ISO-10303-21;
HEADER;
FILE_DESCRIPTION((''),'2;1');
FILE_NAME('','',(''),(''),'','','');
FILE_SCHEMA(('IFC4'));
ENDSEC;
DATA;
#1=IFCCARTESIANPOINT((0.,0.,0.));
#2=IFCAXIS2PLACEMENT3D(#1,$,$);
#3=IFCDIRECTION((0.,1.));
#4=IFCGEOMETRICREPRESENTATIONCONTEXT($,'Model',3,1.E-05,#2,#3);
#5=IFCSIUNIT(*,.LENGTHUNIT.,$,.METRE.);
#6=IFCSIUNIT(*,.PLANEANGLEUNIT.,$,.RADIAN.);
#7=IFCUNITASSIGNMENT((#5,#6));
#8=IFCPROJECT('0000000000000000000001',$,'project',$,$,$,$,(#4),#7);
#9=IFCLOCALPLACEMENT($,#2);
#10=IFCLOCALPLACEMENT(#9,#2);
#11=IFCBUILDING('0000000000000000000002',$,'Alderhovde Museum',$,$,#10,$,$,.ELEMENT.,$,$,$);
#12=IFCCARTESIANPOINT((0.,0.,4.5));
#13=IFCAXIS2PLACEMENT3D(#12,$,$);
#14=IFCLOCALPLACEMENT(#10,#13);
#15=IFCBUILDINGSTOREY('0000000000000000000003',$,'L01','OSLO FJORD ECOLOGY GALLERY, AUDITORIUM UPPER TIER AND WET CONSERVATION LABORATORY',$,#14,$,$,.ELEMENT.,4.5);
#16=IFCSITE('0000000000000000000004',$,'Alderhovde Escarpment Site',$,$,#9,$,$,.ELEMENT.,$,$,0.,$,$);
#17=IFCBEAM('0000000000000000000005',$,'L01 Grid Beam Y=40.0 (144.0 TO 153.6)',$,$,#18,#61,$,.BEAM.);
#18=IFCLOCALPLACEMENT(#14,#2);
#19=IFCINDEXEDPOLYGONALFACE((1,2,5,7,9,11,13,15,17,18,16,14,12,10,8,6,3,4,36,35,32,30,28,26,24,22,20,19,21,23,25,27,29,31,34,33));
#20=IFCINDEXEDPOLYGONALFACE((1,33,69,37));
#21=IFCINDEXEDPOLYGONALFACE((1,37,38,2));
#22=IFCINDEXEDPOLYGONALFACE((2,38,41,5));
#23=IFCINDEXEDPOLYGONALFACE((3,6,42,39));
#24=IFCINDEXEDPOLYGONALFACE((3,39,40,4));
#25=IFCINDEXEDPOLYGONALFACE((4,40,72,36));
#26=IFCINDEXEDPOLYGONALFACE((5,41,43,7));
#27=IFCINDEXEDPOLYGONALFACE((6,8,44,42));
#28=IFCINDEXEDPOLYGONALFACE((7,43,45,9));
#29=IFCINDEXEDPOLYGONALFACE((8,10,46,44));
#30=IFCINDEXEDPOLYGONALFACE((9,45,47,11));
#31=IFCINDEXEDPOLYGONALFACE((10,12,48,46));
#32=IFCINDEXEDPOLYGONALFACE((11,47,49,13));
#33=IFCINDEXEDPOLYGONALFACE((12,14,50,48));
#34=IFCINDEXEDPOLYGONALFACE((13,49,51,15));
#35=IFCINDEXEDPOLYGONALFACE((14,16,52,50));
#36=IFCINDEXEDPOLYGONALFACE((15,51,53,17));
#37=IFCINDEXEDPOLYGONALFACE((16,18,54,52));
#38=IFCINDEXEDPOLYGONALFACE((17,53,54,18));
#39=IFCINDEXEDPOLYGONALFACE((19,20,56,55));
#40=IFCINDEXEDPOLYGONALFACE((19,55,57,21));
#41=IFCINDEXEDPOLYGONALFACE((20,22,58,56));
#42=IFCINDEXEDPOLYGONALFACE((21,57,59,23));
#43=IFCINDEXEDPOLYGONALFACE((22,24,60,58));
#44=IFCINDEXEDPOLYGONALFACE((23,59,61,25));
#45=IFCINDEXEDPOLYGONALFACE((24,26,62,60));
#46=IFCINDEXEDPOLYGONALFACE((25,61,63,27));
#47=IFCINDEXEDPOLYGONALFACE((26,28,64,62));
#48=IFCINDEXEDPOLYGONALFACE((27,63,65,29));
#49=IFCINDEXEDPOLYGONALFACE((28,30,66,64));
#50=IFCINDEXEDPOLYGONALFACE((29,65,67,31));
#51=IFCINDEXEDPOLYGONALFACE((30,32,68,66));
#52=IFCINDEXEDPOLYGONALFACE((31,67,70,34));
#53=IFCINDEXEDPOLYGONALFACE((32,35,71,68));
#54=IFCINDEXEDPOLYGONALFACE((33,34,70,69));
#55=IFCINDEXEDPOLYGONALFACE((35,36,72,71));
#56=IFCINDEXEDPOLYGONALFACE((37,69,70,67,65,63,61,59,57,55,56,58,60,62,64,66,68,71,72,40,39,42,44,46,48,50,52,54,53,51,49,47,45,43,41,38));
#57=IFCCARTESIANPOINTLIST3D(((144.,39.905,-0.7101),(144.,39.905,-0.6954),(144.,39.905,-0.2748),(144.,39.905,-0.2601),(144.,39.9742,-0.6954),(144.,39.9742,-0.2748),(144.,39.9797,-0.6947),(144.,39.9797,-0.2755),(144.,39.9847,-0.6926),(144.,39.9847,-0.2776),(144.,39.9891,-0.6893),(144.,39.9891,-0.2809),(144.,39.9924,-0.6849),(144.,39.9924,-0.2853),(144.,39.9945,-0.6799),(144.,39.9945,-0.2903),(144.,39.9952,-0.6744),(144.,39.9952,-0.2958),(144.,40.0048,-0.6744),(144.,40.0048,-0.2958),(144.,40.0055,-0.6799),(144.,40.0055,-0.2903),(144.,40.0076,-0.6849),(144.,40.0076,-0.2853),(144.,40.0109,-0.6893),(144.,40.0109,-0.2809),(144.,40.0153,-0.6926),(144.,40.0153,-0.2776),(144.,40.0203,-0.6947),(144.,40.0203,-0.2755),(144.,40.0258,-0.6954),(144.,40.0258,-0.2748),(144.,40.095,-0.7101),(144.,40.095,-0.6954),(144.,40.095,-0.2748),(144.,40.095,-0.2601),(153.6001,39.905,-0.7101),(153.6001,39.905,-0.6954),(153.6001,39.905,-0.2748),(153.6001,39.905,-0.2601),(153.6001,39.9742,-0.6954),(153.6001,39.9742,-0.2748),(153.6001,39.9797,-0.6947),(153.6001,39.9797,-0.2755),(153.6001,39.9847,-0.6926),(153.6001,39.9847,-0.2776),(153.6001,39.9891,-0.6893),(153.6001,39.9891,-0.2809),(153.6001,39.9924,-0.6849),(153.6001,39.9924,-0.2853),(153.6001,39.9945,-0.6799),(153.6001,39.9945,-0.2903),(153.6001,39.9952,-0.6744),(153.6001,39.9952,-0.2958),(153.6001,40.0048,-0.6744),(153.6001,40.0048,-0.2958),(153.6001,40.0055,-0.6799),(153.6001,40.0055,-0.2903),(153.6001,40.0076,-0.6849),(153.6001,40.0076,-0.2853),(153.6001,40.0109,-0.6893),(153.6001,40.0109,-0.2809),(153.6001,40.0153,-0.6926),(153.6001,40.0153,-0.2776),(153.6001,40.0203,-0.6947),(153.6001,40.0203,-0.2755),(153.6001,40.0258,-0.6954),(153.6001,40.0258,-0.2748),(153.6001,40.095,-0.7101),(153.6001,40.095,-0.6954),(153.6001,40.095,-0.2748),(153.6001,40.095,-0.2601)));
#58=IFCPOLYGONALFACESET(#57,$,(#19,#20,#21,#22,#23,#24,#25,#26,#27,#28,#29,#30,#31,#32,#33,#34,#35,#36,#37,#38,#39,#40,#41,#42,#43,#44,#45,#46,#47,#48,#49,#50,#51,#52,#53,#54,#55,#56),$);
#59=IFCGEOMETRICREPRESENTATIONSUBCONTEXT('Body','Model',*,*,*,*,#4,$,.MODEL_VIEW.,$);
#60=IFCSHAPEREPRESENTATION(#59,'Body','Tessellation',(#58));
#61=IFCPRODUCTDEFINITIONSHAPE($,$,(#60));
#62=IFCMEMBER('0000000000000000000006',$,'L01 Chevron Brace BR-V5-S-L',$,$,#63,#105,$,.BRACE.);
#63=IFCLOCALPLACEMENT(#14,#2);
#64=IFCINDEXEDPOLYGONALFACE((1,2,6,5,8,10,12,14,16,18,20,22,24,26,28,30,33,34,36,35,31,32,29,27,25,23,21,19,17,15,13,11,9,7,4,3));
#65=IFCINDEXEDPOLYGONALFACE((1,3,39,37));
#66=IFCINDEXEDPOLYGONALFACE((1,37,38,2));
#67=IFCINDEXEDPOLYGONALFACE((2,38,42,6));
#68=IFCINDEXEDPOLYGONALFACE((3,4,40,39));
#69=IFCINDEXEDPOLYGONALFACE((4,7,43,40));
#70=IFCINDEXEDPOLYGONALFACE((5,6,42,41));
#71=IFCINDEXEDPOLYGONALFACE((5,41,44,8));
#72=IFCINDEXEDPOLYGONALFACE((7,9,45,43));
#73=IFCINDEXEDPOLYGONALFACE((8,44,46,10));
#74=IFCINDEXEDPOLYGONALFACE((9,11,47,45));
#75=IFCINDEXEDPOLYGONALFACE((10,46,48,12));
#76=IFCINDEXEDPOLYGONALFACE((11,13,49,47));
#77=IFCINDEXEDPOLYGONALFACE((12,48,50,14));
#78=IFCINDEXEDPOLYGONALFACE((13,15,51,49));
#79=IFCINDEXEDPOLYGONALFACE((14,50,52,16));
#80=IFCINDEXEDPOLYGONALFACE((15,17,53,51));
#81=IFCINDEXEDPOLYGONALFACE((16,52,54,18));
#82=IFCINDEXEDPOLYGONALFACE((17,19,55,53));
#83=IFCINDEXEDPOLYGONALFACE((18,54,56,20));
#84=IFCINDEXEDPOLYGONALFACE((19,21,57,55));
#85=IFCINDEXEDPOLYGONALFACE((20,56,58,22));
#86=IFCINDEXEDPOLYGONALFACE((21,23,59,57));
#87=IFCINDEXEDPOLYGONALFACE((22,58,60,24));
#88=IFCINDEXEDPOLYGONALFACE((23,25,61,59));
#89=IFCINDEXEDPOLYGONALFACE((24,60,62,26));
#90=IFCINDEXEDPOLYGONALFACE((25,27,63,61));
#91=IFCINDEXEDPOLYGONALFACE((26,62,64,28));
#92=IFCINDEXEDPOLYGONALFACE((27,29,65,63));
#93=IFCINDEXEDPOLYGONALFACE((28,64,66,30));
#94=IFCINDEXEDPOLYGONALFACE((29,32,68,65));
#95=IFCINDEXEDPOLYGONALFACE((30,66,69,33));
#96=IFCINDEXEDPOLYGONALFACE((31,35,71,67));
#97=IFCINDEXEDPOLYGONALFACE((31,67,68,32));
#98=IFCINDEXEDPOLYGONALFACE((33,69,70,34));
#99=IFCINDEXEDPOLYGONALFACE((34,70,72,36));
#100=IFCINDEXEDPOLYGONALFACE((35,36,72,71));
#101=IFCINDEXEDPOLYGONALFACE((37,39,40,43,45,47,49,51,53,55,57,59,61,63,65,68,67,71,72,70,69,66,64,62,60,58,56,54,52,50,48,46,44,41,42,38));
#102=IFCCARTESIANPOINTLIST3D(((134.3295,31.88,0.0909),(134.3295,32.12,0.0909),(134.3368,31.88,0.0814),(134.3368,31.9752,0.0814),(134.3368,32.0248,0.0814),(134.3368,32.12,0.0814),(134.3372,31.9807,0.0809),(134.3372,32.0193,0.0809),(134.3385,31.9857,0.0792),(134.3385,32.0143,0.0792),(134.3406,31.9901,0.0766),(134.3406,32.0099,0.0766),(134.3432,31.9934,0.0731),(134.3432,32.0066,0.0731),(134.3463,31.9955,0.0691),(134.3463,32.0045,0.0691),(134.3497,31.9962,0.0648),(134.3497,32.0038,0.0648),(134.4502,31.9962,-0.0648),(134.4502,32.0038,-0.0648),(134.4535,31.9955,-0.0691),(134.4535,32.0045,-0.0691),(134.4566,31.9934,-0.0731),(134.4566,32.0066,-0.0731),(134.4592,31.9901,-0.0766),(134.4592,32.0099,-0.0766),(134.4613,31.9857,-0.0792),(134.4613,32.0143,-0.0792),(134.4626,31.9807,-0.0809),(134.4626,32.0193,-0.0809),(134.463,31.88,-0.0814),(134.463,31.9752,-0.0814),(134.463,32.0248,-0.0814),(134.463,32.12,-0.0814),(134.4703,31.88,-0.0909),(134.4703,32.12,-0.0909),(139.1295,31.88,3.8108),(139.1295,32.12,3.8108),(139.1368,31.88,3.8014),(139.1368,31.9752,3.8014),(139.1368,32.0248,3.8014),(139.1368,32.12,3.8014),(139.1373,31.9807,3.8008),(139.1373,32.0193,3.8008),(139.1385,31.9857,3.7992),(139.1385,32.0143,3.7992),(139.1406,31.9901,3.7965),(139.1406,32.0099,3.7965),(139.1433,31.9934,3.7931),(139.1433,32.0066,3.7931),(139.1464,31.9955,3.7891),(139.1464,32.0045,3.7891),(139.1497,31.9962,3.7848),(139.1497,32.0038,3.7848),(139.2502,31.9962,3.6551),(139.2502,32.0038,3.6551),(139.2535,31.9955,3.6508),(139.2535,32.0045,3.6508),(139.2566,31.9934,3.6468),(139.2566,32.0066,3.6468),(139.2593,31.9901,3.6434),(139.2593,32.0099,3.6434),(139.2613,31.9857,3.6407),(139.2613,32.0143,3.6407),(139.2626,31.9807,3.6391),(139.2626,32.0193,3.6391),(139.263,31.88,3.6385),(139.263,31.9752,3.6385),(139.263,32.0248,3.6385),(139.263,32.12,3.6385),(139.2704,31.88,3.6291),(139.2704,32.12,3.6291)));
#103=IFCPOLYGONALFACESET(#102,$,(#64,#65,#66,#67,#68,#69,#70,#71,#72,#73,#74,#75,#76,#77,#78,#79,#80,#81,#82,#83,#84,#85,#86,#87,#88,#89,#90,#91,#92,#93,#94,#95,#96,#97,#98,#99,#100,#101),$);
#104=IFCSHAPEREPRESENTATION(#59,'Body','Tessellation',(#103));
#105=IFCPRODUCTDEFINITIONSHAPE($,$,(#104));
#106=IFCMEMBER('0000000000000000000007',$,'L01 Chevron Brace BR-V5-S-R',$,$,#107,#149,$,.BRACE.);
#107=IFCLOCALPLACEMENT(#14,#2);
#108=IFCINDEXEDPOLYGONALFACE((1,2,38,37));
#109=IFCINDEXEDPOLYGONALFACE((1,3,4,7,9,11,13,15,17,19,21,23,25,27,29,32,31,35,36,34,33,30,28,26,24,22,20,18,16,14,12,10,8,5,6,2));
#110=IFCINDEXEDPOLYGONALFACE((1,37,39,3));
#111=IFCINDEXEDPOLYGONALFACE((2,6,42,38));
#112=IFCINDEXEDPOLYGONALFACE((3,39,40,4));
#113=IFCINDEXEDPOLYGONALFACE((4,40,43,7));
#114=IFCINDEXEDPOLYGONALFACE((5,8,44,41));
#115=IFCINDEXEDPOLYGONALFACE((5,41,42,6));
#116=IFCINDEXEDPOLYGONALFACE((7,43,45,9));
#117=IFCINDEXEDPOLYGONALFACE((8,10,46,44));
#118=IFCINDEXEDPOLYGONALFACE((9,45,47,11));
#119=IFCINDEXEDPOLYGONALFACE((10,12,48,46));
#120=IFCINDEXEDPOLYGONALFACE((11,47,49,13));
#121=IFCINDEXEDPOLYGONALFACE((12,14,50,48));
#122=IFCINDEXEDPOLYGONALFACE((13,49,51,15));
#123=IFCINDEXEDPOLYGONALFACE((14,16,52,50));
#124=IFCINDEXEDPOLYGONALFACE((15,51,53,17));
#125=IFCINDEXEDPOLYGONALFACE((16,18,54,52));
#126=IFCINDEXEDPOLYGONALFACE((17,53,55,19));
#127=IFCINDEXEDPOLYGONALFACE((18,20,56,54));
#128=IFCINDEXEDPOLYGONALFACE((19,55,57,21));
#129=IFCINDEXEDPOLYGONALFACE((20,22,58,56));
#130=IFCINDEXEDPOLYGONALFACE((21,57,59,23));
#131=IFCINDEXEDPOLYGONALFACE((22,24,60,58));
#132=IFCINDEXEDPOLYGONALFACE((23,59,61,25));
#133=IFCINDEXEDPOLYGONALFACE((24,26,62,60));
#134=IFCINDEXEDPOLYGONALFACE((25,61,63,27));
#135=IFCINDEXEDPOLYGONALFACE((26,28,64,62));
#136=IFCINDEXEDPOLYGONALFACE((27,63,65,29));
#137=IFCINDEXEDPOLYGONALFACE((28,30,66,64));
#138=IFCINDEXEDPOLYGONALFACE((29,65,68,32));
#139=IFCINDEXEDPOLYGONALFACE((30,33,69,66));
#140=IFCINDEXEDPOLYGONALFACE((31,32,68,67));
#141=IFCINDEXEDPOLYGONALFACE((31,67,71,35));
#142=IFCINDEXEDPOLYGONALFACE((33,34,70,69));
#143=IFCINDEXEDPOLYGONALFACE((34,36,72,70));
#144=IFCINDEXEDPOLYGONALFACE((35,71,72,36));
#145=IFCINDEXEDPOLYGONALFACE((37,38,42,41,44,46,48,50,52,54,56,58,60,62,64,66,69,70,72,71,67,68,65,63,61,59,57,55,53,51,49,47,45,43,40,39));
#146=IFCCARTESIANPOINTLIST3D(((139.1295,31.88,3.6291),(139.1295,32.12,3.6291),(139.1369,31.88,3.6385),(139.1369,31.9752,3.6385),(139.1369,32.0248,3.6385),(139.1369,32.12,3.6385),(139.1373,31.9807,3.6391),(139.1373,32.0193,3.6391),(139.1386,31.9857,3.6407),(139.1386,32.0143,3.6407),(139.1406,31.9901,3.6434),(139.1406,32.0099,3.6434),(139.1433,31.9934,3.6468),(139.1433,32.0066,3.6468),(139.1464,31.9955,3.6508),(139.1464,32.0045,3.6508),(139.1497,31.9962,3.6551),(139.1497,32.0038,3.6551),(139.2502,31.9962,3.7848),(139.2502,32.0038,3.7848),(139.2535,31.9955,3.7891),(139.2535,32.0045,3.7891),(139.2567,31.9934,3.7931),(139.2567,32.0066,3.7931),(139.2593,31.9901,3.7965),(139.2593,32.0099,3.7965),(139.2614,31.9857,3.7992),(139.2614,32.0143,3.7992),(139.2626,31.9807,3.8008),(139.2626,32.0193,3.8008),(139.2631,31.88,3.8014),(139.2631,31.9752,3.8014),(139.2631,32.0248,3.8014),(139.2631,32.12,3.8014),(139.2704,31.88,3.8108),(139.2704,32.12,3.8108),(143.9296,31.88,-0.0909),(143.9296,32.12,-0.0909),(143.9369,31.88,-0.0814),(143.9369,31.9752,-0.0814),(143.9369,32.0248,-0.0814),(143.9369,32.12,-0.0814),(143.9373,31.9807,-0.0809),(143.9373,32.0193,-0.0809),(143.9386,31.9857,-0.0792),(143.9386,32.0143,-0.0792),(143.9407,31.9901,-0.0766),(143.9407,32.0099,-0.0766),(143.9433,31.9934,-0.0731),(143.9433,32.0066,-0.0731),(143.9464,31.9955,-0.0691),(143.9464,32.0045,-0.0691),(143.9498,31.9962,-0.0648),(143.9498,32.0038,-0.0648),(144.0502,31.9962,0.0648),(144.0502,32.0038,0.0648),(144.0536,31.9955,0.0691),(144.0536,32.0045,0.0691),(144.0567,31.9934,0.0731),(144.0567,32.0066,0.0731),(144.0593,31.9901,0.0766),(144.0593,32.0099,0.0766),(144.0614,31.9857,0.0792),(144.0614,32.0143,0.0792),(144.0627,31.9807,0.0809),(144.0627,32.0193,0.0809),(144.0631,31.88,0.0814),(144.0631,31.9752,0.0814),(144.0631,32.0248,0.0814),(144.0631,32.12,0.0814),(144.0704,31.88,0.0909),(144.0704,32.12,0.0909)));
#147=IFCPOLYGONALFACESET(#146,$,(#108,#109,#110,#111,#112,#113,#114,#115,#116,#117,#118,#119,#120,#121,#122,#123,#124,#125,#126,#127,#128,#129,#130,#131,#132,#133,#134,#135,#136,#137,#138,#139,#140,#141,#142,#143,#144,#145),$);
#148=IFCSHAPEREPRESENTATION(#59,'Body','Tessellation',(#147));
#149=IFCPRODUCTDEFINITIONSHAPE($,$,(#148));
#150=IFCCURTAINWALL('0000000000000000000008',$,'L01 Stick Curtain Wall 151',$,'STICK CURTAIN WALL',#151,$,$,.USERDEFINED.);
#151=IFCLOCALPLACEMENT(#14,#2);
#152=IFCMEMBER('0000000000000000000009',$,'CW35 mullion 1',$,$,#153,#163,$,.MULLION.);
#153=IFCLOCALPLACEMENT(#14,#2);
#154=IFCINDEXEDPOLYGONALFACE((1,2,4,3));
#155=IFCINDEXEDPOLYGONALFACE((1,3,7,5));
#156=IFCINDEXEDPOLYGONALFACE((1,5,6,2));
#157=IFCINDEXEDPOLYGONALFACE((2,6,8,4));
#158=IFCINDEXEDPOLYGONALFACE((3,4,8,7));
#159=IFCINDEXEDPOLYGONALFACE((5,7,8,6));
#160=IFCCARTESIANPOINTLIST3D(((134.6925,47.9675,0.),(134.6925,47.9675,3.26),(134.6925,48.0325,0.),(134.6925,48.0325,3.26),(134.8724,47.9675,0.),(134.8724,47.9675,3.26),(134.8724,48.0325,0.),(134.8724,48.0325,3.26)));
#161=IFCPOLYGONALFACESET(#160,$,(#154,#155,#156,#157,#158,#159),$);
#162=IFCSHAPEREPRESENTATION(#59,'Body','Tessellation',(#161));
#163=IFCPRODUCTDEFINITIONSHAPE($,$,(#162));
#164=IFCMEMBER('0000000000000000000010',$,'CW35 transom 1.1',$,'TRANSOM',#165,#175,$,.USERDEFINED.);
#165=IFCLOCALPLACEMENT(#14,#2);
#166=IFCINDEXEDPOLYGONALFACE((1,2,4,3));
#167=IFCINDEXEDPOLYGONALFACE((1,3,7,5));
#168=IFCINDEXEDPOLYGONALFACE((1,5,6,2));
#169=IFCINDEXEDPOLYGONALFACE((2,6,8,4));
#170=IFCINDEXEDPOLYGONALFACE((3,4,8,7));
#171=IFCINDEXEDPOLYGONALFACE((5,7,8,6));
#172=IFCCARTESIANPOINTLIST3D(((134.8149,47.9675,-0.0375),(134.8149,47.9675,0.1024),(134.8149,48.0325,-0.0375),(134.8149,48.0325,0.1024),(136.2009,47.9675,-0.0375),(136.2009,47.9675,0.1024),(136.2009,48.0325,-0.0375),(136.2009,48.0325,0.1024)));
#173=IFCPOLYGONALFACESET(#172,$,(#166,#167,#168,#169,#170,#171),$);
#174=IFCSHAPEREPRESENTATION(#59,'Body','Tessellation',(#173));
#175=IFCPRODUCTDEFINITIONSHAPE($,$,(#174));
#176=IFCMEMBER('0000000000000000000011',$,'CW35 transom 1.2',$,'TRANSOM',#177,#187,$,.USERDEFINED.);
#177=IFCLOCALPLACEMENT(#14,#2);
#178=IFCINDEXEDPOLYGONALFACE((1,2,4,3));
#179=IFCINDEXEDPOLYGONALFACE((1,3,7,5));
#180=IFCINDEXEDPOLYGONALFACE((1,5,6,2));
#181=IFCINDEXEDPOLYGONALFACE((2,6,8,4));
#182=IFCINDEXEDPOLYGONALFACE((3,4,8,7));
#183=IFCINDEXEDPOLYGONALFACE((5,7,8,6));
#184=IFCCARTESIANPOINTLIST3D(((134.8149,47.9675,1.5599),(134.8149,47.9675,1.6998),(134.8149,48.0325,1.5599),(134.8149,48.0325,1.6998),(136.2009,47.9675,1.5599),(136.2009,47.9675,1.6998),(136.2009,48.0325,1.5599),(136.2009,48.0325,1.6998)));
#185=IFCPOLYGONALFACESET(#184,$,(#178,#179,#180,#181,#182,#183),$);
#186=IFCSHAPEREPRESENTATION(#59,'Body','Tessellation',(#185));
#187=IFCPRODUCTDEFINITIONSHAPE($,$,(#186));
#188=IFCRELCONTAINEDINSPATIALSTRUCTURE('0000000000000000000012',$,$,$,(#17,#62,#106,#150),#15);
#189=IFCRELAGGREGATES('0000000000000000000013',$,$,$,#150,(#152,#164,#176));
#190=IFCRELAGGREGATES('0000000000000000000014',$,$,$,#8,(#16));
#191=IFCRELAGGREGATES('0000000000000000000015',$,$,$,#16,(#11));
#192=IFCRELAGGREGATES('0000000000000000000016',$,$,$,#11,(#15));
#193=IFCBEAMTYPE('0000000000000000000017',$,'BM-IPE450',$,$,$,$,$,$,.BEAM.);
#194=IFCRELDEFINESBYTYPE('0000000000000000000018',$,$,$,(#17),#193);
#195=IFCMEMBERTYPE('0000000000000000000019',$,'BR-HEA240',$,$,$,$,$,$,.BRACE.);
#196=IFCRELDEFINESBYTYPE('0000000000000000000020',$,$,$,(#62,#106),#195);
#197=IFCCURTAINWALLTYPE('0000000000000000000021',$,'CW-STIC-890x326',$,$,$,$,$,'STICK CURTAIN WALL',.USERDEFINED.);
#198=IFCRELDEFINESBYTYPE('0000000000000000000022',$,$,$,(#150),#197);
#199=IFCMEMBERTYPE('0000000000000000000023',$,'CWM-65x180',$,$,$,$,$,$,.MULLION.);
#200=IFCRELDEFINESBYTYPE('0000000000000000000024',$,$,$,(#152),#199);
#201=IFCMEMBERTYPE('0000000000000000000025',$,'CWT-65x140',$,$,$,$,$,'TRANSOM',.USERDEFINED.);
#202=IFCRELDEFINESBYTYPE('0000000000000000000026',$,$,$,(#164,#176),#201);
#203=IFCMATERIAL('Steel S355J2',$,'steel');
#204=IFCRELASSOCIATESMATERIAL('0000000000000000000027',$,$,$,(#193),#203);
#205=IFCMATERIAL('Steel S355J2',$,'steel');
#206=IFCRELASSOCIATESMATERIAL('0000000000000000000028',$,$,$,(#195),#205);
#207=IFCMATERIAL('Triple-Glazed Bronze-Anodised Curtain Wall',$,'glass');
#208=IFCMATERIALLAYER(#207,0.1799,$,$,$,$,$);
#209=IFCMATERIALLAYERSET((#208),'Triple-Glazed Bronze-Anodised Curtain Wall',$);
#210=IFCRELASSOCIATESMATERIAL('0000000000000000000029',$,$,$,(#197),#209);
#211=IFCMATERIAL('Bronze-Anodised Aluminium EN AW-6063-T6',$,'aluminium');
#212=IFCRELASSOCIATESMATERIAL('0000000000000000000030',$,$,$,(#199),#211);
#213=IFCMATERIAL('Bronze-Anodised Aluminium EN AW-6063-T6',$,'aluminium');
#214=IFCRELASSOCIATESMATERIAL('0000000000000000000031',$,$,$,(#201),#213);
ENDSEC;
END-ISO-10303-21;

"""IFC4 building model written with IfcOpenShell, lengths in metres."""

from ifc_helpers import new_model, si_unit, direction, frame, origin, origin_2d, place, context, subcontext, project, spatial, rectangle, i_section, extrude, material, layer, layer_set, material_profile, profile_set, type_object, element, aggregate, save


model = new_model("IFC4")

# Units and contexts
model_context = context("Model", 3, precision=1e-05, world=origin(), true_north=direction((0.0, 1.0)))
body_context = subcontext(model_context, "Body", "Model", "MODEL_VIEW")
ifc_project = project(units=[si_unit("LENGTHUNIT", "METRE"), si_unit("PLANEANGLEUNIT", "RADIAN")], contexts=[model_context])

# Site, building, storey
site_placement = place(None, origin())
site = spatial("IfcSite", under=ifc_project, at=site_placement, Name="Alderhovde Escarpment Site", CompositionType="ELEMENT", RefElevation=0.0)
building_placement = place(site_placement, origin())
building = spatial("IfcBuilding", under=site, at=building_placement, Name="Alderhovde Museum", CompositionType="ELEMENT")
storey_placement = place(building_placement, frame((0.0, 0.0, 4.5)))
storey = spatial("IfcBuildingStorey", under=building, at=storey_placement, Name="L01", Description="OSLO FJORD ECOLOGY GALLERY, AUDITORIUM UPPER TIER AND WET CONSERVATION LABORATORY", CompositionType="ELEMENT", Elevation=4.5)

# Beam
ifc_material_1 = material(Name="Steel S355J2", Category="steel")
ifc_material_profile_1 = material_profile(ifc_material_1, i_section(OverallWidth=0.1899, OverallDepth=0.45, WebThickness=0.0095, FlangeThickness=0.0146, FilletRadius=0.021, at=origin_2d()), Name="IPE 450")
ifc_profile_set_1 = profile_set([ifc_material_profile_1], Name="Steel S355J2")
beam_type_1 = type_object("IfcBeamType", Name="BM-IPE450", PredefinedType="BEAM", material=ifc_profile_set_1)
for number, where, z_axis, x_axis, name in (
    (1, (144.0, 40.0, -0.4851), (1.0, 0.0, 0.0), (0.0, 1.0, 0.0), "L01 Grid Beam Y=40.0 (144.0 TO 153.6)"),
):
    element("IfcBeam", number, at=place(storey_placement, frame(where, z_axis=z_axis, x_axis=x_axis)), inside=storey, type_object=beam_type_1, Name=name, PredefinedType="BEAM", context=body_context, shape_type="SweptSolid", body=[
        extrude(i_section(OverallWidth=0.1899, OverallDepth=0.45, WebThickness=0.0095, FlangeThickness=0.0146, FilletRadius=0.021, at=origin_2d()), origin(), (0.0, 0.0, 1.0), 9.6001),
    ])

# Members
ifc_material_2 = material(Name="Steel S355J2", Category="steel")
ifc_material_profile_2 = material_profile(ifc_material_2, i_section(OverallWidth=0.24, OverallDepth=0.23, WebThickness=0.0076, FlangeThickness=0.012, FilletRadius=0.021, at=origin_2d()), Name="HEA 240")
ifc_profile_set_2 = profile_set([ifc_material_profile_2], Name="Steel S355J2")
member_type_1 = type_object("IfcMemberType", Name="BR-HEA240", PredefinedType="BRACE", material=ifc_profile_set_2)
for number, where, z_axis, x_axis, name in (
    (2, (134.3999, 32.0, 0.0), (0.79042, 0.0, 0.612565), (0.0, 1.0, 0.0), "L01 Chevron Brace BR-V5-S-L"),
    (3, (144.0, 32.0, 0.0), (-0.79042, 0.0, 0.612565), (0.0, -1.0, 0.0), "L01 Chevron Brace BR-V5-S-R"),
):
    element("IfcMember", number, at=place(storey_placement, frame(where, z_axis=z_axis, x_axis=x_axis)), inside=storey, type_object=member_type_1, Name=name, PredefinedType="BRACE", context=body_context, shape_type="SweptSolid", body=[
        extrude(i_section(OverallWidth=0.24, OverallDepth=0.23, WebThickness=0.0076, FlangeThickness=0.012, FilletRadius=0.021, at=origin_2d()), origin(), (0.0, 0.0, 1.0), 6.0728),
    ])

# Curtain wall, members
ifc_material_3 = material(Name="Triple-Glazed Bronze-Anodised Curtain Wall", Category="glass")
ifc_layer_1 = layer(ifc_material_3, 0.1799)
ifc_layer_set_1 = layer_set([ifc_layer_1], Name="Triple-Glazed Bronze-Anodised Curtain Wall")
curtain_wall_type = type_object("IfcCurtainWallType", Name="CW-STIC-890x326", ElementType="STICK CURTAIN WALL", PredefinedType="USERDEFINED", material=ifc_layer_set_1)
curtain_wall_placement = place(storey_placement, origin())
curtain_wall = element("IfcCurtainWall", 4, at=curtain_wall_placement, inside=storey, type_object=curtain_wall_type, Name="L01 Stick Curtain Wall 151", ObjectType="STICK CURTAIN WALL", PredefinedType="USERDEFINED")
ifc_material_4 = material(Name="Bronze-Anodised Aluminium EN AW-6063-T6", Category="aluminium")
ifc_material_profile_3 = material_profile(ifc_material_4, rectangle(XDim=0.0649, YDim=0.1799, at=origin_2d()), Name="MULLION 65x180")
ifc_profile_set_3 = profile_set([ifc_material_profile_3], Name="Bronze-Anodised Aluminium EN AW-6063-T6")
member_type_2 = type_object("IfcMemberType", Name="CWM-65x180", PredefinedType="MULLION", material=ifc_profile_set_3)
member_1_placement = place(storey_placement, frame((134.7825, 48.0, 0.0), z_axis=(0.0, 0.0, 1.0), x_axis=(0.0, 1.0, 0.0)))
member_1 = element("IfcMember", 5, at=member_1_placement, type_object=member_type_2, Name="CW35 mullion 1", PredefinedType="MULLION", context=body_context, shape_type="SweptSolid", body=[
    extrude(rectangle(XDim=0.0649, YDim=0.1799, at=origin_2d()), origin(), (0.0, 0.0, 1.0), 3.26),
])
ifc_material_5 = material(Name="Bronze-Anodised Aluminium EN AW-6063-T6", Category="aluminium")
ifc_material_profile_4 = material_profile(ifc_material_5, rectangle(XDim=0.0649, YDim=0.1399, at=origin_2d()), Name="TRANSOM 65x140")
ifc_profile_set_4 = profile_set([ifc_material_profile_4], Name="Bronze-Anodised Aluminium EN AW-6063-T6")
member_type_3 = type_object("IfcMemberType", Name="CWT-65x140", ElementType="TRANSOM", PredefinedType="USERDEFINED", material=ifc_profile_set_4)
member_2_placement = place(storey_placement, frame((134.8149, 48.0, 0.0325), z_axis=(1.0, 0.0, 0.0), x_axis=(0.0, 1.0, 0.0)))
member_2 = element("IfcMember", 6, at=member_2_placement, type_object=member_type_3, Name="CW35 transom 1.1", ObjectType="TRANSOM", PredefinedType="USERDEFINED", context=body_context, shape_type="SweptSolid", body=[
    extrude(rectangle(XDim=0.0649, YDim=0.1399, at=origin_2d()), origin(), (0.0, 0.0, 1.0), 1.386),
])
member_3_placement = place(storey_placement, frame((134.8149, 48.0, 1.6299), z_axis=(1.0, 0.0, 0.0), x_axis=(0.0, 1.0, 0.0)))
member_3 = element("IfcMember", 7, at=member_3_placement, type_object=member_type_3, Name="CW35 transom 1.2", ObjectType="TRANSOM", PredefinedType="USERDEFINED", context=body_context, shape_type="SweptSolid", body=[
    extrude(rectangle(XDim=0.0649, YDim=0.1399, at=origin_2d()), origin(), (0.0, 0.0, 1.0), 1.386),
])

aggregate(curtain_wall, [member_1, member_2, member_3])

save(model, "model.ifc")
